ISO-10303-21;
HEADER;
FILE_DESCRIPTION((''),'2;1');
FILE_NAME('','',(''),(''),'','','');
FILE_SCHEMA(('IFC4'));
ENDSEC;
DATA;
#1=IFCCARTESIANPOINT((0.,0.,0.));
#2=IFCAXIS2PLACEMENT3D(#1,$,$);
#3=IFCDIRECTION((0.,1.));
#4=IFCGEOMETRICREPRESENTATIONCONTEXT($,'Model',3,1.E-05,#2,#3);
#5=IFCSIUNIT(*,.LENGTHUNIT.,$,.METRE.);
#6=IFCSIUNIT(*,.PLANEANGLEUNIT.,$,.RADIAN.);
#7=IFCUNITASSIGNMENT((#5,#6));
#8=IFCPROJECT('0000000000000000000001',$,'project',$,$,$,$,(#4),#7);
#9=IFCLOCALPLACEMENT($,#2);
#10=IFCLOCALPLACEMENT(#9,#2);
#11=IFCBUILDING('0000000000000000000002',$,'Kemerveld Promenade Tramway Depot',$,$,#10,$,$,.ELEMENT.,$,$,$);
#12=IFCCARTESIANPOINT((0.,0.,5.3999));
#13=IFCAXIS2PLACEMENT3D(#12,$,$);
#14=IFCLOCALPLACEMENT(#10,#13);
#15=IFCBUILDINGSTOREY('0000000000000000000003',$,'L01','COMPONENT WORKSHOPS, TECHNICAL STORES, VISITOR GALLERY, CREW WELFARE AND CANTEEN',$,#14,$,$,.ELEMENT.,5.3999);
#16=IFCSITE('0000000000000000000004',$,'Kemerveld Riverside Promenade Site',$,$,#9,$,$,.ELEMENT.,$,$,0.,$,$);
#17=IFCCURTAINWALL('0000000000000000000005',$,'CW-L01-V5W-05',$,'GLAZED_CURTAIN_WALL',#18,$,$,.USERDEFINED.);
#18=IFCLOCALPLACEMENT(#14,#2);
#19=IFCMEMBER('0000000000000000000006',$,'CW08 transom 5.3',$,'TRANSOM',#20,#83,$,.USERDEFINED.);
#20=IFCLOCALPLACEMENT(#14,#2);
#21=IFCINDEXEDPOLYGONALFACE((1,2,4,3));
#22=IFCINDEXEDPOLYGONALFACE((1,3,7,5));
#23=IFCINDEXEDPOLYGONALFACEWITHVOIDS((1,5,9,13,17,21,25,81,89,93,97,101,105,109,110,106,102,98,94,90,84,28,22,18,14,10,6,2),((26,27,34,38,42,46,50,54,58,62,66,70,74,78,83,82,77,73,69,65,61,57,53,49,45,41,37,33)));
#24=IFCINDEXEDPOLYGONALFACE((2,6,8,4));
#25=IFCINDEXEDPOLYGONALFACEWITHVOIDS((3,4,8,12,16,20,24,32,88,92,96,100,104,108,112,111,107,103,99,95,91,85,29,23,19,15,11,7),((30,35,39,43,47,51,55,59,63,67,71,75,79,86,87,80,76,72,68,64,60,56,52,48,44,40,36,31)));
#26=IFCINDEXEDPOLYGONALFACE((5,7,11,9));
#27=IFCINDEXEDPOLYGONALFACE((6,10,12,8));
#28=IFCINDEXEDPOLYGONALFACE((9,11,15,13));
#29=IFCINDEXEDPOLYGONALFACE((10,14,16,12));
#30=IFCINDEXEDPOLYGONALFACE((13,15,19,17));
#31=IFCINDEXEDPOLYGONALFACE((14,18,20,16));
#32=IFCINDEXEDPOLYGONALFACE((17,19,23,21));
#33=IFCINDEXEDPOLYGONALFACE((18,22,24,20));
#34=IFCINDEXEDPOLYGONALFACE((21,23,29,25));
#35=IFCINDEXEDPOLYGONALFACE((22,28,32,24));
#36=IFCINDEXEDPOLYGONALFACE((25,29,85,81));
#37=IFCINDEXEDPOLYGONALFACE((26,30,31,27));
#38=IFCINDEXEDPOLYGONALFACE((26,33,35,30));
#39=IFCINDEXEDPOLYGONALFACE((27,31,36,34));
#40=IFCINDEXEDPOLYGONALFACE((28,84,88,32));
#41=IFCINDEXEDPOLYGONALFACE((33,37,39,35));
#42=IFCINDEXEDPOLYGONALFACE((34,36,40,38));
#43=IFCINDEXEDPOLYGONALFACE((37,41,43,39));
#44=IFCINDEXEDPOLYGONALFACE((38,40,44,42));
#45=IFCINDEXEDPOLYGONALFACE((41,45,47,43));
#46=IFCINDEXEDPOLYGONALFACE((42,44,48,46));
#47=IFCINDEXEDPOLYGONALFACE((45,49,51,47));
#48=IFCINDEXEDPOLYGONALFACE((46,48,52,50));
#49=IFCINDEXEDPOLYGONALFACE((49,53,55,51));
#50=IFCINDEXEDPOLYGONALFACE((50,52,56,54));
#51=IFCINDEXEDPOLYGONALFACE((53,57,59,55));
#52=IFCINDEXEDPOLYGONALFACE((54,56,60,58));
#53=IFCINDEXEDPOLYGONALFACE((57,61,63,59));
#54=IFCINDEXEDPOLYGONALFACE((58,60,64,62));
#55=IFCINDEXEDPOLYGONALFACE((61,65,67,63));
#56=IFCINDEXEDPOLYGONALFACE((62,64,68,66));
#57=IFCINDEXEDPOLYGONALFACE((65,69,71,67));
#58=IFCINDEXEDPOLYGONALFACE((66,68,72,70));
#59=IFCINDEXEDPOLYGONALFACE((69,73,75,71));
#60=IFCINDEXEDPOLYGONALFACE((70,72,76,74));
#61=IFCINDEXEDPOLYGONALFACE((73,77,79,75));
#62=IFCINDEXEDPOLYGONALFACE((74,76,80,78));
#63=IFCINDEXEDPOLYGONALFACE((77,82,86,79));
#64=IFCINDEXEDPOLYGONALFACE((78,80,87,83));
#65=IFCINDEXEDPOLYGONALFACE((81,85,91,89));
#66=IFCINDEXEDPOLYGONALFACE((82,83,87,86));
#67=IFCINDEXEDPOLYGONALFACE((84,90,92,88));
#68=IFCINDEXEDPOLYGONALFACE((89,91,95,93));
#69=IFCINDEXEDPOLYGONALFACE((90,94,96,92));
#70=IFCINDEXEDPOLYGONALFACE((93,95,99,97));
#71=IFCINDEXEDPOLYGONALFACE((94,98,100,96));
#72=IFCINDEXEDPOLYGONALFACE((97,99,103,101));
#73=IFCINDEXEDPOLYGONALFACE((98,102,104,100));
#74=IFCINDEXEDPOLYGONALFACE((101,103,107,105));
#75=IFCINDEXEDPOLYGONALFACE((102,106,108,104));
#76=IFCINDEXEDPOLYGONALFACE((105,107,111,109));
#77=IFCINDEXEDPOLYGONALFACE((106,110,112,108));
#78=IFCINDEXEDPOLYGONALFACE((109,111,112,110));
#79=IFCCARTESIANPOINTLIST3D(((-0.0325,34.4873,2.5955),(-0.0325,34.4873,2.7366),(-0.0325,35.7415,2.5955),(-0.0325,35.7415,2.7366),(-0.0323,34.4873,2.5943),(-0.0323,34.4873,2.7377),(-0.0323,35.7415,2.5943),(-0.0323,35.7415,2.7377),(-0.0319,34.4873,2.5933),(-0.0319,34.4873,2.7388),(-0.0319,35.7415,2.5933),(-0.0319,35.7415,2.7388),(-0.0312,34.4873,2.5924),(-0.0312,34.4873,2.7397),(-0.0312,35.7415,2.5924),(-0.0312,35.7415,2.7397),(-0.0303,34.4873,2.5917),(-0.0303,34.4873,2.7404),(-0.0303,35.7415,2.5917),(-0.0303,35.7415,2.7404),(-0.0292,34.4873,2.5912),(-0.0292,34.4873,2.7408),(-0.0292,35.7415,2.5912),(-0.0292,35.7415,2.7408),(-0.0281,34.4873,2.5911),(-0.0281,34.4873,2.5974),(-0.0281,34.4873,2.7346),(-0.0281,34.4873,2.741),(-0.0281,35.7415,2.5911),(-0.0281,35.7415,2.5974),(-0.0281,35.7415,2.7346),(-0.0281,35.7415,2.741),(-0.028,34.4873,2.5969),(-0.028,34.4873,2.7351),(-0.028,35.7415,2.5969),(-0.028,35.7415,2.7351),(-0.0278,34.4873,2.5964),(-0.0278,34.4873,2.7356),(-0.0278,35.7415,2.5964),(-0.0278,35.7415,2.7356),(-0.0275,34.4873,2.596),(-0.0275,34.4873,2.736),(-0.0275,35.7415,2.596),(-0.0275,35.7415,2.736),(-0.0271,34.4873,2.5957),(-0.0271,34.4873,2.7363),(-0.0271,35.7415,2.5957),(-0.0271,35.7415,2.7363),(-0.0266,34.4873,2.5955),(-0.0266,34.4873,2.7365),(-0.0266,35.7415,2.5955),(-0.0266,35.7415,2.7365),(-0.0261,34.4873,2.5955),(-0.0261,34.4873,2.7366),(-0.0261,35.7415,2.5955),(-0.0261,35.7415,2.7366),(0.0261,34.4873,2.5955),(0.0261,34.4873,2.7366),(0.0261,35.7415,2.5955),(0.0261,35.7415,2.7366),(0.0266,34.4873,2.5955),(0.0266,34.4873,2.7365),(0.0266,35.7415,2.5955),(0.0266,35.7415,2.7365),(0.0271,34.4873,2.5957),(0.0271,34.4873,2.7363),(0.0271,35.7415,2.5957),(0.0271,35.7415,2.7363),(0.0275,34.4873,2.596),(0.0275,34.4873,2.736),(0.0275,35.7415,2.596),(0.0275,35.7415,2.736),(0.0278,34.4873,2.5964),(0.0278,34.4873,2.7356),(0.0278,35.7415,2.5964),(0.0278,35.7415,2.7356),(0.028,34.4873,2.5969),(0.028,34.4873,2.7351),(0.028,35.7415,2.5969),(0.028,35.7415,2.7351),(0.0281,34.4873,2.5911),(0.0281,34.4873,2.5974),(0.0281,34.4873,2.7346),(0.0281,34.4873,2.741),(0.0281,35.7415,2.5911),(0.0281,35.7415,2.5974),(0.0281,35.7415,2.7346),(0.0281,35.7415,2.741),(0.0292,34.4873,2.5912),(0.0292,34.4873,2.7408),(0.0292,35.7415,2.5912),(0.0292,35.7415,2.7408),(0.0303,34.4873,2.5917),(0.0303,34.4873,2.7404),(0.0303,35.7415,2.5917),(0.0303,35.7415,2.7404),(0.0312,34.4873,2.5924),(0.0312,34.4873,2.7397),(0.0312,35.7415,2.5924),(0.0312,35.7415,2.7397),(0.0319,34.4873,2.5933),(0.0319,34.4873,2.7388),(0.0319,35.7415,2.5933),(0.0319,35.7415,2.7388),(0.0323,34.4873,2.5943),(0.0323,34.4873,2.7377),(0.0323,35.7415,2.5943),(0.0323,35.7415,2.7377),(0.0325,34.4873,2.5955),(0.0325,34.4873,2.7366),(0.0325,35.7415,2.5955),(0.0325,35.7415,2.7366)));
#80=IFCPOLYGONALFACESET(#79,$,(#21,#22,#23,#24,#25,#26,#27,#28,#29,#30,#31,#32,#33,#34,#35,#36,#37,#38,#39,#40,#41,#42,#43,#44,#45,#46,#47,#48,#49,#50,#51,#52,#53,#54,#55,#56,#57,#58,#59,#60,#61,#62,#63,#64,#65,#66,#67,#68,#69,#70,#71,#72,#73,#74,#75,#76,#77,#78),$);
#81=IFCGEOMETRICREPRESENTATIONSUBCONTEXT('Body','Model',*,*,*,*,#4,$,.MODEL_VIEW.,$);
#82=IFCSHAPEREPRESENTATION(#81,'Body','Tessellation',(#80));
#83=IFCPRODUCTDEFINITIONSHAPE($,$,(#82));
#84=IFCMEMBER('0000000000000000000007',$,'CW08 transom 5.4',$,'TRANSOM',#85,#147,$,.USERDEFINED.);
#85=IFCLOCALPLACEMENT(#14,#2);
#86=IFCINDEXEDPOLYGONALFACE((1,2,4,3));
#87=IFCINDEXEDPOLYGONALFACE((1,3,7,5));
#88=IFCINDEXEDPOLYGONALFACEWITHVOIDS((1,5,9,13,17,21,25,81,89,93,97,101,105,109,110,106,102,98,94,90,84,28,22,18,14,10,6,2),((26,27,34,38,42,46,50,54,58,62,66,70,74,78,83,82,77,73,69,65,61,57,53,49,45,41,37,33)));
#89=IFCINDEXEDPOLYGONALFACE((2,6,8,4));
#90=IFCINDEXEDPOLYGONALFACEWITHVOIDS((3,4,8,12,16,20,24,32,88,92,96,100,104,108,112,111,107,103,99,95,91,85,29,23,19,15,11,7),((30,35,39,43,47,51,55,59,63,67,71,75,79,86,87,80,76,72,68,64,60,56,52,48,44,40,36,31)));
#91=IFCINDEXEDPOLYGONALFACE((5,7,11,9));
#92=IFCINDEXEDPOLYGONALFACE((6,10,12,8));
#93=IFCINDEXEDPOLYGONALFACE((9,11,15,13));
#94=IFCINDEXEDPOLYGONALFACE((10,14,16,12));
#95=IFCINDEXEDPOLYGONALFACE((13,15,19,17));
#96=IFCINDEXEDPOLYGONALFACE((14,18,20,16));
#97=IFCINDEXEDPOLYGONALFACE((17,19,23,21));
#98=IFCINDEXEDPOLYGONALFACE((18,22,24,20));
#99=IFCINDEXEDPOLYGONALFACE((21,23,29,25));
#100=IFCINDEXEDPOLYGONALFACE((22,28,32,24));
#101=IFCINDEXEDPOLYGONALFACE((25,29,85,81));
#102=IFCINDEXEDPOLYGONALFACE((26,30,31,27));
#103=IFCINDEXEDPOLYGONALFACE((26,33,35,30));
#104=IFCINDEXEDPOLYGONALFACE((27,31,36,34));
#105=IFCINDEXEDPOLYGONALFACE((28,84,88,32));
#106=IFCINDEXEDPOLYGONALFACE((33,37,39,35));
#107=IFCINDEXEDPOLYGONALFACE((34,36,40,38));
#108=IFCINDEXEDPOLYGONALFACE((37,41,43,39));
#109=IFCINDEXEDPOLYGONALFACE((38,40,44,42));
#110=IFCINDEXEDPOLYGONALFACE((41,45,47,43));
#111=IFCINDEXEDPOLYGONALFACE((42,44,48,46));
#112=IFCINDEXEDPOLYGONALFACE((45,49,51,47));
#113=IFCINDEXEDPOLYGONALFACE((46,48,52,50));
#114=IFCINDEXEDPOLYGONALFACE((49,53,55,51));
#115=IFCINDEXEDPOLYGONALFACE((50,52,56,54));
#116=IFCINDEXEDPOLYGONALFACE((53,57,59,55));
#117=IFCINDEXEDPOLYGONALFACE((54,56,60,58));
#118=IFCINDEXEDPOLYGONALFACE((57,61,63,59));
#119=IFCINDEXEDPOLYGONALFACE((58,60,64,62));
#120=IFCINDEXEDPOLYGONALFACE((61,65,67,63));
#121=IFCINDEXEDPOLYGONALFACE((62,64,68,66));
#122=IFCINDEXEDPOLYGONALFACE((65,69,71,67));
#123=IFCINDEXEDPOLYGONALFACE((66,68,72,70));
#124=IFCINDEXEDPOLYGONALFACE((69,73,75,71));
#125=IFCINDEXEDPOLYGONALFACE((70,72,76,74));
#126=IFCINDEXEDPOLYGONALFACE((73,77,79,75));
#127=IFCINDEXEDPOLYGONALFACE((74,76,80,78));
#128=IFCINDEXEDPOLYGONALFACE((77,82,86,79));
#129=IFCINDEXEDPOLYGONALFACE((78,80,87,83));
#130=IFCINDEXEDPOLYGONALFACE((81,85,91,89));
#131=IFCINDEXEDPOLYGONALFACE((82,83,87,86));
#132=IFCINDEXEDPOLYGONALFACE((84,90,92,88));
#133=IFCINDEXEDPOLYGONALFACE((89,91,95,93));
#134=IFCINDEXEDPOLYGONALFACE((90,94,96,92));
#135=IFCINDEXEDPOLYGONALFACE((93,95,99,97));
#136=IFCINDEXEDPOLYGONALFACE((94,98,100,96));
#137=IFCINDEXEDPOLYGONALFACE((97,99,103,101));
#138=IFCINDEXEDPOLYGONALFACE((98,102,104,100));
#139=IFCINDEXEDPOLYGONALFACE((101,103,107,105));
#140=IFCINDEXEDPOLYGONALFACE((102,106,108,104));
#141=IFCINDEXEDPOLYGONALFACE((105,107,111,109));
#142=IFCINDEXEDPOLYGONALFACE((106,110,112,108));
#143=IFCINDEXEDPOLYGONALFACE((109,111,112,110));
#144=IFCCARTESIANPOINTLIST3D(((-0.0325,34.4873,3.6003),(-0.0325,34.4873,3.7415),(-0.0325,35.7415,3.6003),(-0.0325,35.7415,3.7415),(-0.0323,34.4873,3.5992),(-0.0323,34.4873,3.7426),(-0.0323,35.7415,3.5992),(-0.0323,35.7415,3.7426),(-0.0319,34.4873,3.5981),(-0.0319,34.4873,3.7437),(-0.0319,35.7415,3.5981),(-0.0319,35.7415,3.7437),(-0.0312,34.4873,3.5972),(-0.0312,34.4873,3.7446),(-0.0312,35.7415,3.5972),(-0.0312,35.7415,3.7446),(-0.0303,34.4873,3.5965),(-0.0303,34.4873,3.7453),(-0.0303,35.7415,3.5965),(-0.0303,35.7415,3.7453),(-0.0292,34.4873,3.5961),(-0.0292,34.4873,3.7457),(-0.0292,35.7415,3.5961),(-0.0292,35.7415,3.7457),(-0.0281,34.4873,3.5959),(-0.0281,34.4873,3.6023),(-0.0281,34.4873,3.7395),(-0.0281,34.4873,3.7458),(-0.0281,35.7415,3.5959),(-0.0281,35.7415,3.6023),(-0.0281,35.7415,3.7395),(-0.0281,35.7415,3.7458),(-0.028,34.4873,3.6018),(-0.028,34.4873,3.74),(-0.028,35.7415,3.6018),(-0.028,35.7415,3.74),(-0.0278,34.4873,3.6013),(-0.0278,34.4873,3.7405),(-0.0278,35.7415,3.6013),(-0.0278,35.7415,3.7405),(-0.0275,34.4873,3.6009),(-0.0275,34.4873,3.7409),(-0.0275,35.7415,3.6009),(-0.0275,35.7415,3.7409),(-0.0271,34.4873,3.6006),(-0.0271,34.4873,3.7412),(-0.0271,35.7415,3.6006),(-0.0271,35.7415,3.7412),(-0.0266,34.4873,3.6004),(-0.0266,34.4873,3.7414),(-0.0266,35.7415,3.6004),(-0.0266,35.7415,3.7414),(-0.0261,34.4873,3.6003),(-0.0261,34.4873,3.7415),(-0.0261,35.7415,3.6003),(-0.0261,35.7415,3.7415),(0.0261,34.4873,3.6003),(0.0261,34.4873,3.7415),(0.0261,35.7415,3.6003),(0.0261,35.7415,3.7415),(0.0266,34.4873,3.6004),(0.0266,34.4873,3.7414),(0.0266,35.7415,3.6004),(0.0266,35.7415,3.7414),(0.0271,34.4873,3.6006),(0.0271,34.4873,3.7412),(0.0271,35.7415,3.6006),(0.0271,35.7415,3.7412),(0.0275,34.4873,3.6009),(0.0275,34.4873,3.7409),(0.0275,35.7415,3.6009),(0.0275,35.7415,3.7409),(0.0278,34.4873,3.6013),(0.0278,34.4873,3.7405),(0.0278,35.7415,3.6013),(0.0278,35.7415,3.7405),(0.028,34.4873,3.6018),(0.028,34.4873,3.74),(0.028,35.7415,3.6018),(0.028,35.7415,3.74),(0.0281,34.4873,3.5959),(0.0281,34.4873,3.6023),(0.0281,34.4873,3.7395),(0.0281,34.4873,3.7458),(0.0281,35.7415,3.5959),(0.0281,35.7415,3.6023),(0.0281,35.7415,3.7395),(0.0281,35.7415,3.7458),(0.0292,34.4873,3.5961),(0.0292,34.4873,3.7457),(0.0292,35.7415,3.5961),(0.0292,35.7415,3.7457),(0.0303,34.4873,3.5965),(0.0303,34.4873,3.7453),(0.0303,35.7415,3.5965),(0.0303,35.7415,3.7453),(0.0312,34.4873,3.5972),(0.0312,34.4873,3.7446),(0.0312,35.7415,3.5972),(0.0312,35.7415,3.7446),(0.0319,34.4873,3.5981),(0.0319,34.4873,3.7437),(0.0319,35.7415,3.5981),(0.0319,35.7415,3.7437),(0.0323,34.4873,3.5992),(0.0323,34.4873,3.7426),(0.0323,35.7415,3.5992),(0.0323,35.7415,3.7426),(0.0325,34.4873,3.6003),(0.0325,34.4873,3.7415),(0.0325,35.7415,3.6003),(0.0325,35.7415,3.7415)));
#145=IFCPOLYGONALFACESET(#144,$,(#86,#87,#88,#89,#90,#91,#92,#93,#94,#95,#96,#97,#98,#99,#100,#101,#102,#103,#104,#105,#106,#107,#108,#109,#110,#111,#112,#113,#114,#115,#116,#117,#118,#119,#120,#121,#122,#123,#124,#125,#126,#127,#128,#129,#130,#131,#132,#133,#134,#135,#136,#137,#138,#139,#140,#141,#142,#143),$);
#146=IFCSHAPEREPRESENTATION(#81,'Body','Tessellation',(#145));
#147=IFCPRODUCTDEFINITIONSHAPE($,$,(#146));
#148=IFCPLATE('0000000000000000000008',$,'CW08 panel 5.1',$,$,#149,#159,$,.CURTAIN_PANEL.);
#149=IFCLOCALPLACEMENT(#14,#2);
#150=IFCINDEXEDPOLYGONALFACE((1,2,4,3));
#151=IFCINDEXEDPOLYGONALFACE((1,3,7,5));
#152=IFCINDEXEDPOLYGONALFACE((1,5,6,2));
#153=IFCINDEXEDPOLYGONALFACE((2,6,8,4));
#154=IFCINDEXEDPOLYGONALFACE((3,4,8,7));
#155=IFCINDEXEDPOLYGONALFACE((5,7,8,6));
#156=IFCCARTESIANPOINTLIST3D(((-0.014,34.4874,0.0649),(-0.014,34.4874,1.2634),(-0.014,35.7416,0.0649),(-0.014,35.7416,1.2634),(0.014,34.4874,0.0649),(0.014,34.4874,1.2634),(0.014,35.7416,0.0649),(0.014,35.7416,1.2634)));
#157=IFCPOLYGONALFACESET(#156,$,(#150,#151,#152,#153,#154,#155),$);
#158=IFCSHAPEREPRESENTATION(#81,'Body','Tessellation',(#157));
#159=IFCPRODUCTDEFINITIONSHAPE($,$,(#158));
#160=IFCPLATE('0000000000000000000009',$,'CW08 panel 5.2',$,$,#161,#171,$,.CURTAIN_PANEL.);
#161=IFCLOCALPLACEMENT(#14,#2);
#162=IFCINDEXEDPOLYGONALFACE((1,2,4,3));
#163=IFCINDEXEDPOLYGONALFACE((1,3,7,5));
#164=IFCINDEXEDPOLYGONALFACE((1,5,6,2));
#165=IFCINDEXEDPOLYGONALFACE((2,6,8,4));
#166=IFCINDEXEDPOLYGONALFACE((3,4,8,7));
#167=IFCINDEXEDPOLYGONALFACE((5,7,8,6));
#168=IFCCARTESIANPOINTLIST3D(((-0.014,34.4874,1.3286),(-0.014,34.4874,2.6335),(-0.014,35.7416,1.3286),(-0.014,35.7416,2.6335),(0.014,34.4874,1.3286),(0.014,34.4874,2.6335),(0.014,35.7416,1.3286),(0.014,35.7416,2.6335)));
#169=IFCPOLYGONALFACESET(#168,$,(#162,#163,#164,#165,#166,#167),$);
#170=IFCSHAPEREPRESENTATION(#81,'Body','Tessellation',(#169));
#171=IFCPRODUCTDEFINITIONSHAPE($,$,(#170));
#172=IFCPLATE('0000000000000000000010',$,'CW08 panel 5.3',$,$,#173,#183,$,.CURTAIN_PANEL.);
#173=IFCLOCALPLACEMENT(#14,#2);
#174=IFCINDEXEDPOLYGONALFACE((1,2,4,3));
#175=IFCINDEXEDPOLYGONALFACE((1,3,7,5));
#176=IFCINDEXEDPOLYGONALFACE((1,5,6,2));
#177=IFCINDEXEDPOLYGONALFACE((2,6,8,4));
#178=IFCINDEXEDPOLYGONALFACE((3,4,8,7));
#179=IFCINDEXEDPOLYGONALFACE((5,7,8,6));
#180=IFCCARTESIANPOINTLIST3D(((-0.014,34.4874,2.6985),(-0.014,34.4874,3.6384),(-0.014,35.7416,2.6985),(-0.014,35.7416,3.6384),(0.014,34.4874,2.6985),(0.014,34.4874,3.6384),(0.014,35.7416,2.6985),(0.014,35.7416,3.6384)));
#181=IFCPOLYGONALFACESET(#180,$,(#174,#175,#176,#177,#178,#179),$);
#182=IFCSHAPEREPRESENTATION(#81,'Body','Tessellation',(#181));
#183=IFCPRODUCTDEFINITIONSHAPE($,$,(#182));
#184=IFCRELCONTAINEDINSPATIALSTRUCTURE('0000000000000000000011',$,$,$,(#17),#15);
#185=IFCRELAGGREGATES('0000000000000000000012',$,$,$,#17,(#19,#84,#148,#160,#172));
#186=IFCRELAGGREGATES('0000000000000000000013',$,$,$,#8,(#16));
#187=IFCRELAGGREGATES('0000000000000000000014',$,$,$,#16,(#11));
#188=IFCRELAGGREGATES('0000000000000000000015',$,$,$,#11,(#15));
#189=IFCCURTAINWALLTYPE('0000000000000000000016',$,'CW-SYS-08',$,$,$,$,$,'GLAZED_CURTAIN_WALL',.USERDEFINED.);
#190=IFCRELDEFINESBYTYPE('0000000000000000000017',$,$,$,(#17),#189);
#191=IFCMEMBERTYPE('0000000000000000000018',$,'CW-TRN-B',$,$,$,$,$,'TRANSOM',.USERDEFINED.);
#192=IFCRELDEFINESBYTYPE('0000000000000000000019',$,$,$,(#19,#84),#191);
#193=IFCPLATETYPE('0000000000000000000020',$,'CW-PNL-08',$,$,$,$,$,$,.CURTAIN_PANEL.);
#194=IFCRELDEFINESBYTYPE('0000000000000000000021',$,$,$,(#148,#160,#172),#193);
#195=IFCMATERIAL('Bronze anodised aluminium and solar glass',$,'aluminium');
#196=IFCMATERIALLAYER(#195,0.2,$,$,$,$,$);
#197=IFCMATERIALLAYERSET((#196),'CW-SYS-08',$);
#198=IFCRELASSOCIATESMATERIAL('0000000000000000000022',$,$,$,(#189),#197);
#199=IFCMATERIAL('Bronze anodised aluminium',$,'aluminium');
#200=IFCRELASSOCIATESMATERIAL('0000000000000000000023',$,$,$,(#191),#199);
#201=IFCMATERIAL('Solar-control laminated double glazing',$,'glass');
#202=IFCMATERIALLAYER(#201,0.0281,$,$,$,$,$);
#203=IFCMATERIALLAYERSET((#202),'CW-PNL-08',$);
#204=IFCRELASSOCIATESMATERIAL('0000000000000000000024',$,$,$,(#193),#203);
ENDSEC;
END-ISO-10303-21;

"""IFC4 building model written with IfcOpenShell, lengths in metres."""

from ifc_helpers import new_model, si_unit, direction, frame, origin, origin_2d, place, context, subcontext, project, spatial, rectangle, hollow_rectangle, extrude, material, layer, layer_set, material_profile, profile_set, type_object, element, aggregate, save


model = new_model("IFC4")

# Units and contexts
model_context = context("Model", 3, precision=1e-05, world=origin(), true_north=direction((0.0, 1.0)))
body_context = subcontext(model_context, "Body", "Model", "MODEL_VIEW")
ifc_project = project(units=[si_unit("LENGTHUNIT", "METRE"), si_unit("PLANEANGLEUNIT", "RADIAN")], contexts=[model_context])

# Site, building, storey
site_placement = place(None, origin())
site = spatial("IfcSite", under=ifc_project, at=site_placement, Name="Kemerveld Riverside Promenade Site", CompositionType="ELEMENT", RefElevation=0.0)
building_placement = place(site_placement, origin())
building = spatial("IfcBuilding", under=site, at=building_placement, Name="Kemerveld Promenade Tramway Depot", CompositionType="ELEMENT")
storey_placement = place(building_placement, frame((0.0, 0.0, 5.3999)))
storey = spatial("IfcBuildingStorey", under=building, at=storey_placement, Name="L01", Description="COMPONENT WORKSHOPS, TECHNICAL STORES, VISITOR GALLERY, CREW WELFARE AND CANTEEN", CompositionType="ELEMENT", Elevation=5.3999)

# Curtain wall, members, plates
ifc_material_1 = material(Name="Bronze anodised aluminium and solar glass", Category="aluminium")
ifc_layer_1 = layer(ifc_material_1, 0.2)
ifc_layer_set_1 = layer_set([ifc_layer_1], Name="CW-SYS-08")
curtain_wall_type = type_object("IfcCurtainWallType", Name="CW-SYS-08", ElementType="GLAZED_CURTAIN_WALL", PredefinedType="USERDEFINED", material=ifc_layer_set_1)
curtain_wall_placement = place(storey_placement, origin())
curtain_wall = element("IfcCurtainWall", 1, at=curtain_wall_placement, inside=storey, type_object=curtain_wall_type, Name="CW-L01-V5W-05", ObjectType="GLAZED_CURTAIN_WALL", PredefinedType="USERDEFINED")
ifc_material_2 = material(Name="Bronze anodised aluminium", Category="aluminium")
ifc_material_profile_1 = material_profile(ifc_material_2, hollow_rectangle(XDim=0.0649, YDim=0.1499, WallThickness=0.0044, InnerFilletRadius=0.002, OuterFilletRadius=0.0044, at=origin_2d()), Name="CW-TRN-150x65")
ifc_profile_set_1 = profile_set([ifc_material_profile_1], Name="Bronze anodised aluminium")
member_type_1 = type_object("IfcMemberType", Name="CW-TRN-B", ElementType="TRANSOM", PredefinedType="USERDEFINED", material=ifc_profile_set_1)
member_1_placement = place(storey_placement, frame((0.0, 34.4873, 2.666), z_axis=(0.0, 1.0, 0.0), x_axis=(-1.0, 0.0, 0.0)))
member_1 = element("IfcMember", 2, at=member_1_placement, type_object=member_type_1, Name="CW08 transom 5.3", ObjectType="TRANSOM", PredefinedType="USERDEFINED", context=body_context, shape_type="SweptSolid", body=[
    extrude(hollow_rectangle(XDim=0.0649, YDim=0.1499, WallThickness=0.0044, InnerFilletRadius=0.002, OuterFilletRadius=0.0044, at=origin_2d()), origin(), (0.0, 0.0, 1.0), 1.2542),
])
member_2_placement = place(storey_placement, frame((0.0, 34.4873, 3.6709), z_axis=(0.0, 1.0, 0.0), x_axis=(-1.0, 0.0, 0.0)))
member_2 = element("IfcMember", 3, at=member_2_placement, type_object=member_type_1, Name="CW08 transom 5.4", ObjectType="TRANSOM", PredefinedType="USERDEFINED", context=body_context, shape_type="SweptSolid", body=[
    extrude(hollow_rectangle(XDim=0.0649, YDim=0.1499, WallThickness=0.0044, InnerFilletRadius=0.002, OuterFilletRadius=0.0044, at=origin_2d()), origin(), (0.0, 0.0, 1.0), 1.2542),
])
ifc_material_3 = material(Name="Solar-control laminated double glazing", Category="glass")
ifc_layer_2 = layer(ifc_material_3, 0.0281)
ifc_layer_set_2 = layer_set([ifc_layer_2], Name="CW-PNL-08")
plate_type = type_object("IfcPlateType", Name="CW-PNL-08", PredefinedType="CURTAIN_PANEL", material=ifc_layer_set_2)
plate_1_placement = place(storey_placement, frame((0.0, 35.1145, 0.0649), z_axis=(0.0, 0.0, 1.0), x_axis=(0.0, 1.0, 0.0)))
plate_1 = element("IfcPlate", 4, at=plate_1_placement, type_object=plate_type, Name="CW08 panel 5.1", PredefinedType="CURTAIN_PANEL", context=body_context, shape_type="SweptSolid", body=[
    extrude(rectangle(XDim=1.2542, YDim=0.0281, at=origin_2d()), origin(), (0.0, 0.0, 1.0), 1.1985),
])
plate_2_placement = place(storey_placement, frame((0.0, 35.1145, 1.3286), z_axis=(0.0, 0.0, 1.0), x_axis=(0.0, 1.0, 0.0)))
plate_2 = element("IfcPlate", 5, at=plate_2_placement, type_object=plate_type, Name="CW08 panel 5.2", PredefinedType="CURTAIN_PANEL", context=body_context, shape_type="SweptSolid", body=[
    extrude(rectangle(XDim=1.2542, YDim=0.0281, at=origin_2d()), origin(), (0.0, 0.0, 1.0), 1.3049),
])
plate_3_placement = place(storey_placement, frame((0.0, 35.1145, 2.6985), z_axis=(0.0, 0.0, 1.0), x_axis=(0.0, 1.0, 0.0)))
plate_3 = element("IfcPlate", 6, at=plate_3_placement, type_object=plate_type, Name="CW08 panel 5.3", PredefinedType="CURTAIN_PANEL", context=body_context, shape_type="SweptSolid", body=[
    extrude(rectangle(XDim=1.2542, YDim=0.0281, at=origin_2d()), origin(), (0.0, 0.0, 1.0), 0.9399),
])
aggregate(curtain_wall, [member_1, member_2, plate_1, plate_2, plate_3])

save(model, "model.ifc")
